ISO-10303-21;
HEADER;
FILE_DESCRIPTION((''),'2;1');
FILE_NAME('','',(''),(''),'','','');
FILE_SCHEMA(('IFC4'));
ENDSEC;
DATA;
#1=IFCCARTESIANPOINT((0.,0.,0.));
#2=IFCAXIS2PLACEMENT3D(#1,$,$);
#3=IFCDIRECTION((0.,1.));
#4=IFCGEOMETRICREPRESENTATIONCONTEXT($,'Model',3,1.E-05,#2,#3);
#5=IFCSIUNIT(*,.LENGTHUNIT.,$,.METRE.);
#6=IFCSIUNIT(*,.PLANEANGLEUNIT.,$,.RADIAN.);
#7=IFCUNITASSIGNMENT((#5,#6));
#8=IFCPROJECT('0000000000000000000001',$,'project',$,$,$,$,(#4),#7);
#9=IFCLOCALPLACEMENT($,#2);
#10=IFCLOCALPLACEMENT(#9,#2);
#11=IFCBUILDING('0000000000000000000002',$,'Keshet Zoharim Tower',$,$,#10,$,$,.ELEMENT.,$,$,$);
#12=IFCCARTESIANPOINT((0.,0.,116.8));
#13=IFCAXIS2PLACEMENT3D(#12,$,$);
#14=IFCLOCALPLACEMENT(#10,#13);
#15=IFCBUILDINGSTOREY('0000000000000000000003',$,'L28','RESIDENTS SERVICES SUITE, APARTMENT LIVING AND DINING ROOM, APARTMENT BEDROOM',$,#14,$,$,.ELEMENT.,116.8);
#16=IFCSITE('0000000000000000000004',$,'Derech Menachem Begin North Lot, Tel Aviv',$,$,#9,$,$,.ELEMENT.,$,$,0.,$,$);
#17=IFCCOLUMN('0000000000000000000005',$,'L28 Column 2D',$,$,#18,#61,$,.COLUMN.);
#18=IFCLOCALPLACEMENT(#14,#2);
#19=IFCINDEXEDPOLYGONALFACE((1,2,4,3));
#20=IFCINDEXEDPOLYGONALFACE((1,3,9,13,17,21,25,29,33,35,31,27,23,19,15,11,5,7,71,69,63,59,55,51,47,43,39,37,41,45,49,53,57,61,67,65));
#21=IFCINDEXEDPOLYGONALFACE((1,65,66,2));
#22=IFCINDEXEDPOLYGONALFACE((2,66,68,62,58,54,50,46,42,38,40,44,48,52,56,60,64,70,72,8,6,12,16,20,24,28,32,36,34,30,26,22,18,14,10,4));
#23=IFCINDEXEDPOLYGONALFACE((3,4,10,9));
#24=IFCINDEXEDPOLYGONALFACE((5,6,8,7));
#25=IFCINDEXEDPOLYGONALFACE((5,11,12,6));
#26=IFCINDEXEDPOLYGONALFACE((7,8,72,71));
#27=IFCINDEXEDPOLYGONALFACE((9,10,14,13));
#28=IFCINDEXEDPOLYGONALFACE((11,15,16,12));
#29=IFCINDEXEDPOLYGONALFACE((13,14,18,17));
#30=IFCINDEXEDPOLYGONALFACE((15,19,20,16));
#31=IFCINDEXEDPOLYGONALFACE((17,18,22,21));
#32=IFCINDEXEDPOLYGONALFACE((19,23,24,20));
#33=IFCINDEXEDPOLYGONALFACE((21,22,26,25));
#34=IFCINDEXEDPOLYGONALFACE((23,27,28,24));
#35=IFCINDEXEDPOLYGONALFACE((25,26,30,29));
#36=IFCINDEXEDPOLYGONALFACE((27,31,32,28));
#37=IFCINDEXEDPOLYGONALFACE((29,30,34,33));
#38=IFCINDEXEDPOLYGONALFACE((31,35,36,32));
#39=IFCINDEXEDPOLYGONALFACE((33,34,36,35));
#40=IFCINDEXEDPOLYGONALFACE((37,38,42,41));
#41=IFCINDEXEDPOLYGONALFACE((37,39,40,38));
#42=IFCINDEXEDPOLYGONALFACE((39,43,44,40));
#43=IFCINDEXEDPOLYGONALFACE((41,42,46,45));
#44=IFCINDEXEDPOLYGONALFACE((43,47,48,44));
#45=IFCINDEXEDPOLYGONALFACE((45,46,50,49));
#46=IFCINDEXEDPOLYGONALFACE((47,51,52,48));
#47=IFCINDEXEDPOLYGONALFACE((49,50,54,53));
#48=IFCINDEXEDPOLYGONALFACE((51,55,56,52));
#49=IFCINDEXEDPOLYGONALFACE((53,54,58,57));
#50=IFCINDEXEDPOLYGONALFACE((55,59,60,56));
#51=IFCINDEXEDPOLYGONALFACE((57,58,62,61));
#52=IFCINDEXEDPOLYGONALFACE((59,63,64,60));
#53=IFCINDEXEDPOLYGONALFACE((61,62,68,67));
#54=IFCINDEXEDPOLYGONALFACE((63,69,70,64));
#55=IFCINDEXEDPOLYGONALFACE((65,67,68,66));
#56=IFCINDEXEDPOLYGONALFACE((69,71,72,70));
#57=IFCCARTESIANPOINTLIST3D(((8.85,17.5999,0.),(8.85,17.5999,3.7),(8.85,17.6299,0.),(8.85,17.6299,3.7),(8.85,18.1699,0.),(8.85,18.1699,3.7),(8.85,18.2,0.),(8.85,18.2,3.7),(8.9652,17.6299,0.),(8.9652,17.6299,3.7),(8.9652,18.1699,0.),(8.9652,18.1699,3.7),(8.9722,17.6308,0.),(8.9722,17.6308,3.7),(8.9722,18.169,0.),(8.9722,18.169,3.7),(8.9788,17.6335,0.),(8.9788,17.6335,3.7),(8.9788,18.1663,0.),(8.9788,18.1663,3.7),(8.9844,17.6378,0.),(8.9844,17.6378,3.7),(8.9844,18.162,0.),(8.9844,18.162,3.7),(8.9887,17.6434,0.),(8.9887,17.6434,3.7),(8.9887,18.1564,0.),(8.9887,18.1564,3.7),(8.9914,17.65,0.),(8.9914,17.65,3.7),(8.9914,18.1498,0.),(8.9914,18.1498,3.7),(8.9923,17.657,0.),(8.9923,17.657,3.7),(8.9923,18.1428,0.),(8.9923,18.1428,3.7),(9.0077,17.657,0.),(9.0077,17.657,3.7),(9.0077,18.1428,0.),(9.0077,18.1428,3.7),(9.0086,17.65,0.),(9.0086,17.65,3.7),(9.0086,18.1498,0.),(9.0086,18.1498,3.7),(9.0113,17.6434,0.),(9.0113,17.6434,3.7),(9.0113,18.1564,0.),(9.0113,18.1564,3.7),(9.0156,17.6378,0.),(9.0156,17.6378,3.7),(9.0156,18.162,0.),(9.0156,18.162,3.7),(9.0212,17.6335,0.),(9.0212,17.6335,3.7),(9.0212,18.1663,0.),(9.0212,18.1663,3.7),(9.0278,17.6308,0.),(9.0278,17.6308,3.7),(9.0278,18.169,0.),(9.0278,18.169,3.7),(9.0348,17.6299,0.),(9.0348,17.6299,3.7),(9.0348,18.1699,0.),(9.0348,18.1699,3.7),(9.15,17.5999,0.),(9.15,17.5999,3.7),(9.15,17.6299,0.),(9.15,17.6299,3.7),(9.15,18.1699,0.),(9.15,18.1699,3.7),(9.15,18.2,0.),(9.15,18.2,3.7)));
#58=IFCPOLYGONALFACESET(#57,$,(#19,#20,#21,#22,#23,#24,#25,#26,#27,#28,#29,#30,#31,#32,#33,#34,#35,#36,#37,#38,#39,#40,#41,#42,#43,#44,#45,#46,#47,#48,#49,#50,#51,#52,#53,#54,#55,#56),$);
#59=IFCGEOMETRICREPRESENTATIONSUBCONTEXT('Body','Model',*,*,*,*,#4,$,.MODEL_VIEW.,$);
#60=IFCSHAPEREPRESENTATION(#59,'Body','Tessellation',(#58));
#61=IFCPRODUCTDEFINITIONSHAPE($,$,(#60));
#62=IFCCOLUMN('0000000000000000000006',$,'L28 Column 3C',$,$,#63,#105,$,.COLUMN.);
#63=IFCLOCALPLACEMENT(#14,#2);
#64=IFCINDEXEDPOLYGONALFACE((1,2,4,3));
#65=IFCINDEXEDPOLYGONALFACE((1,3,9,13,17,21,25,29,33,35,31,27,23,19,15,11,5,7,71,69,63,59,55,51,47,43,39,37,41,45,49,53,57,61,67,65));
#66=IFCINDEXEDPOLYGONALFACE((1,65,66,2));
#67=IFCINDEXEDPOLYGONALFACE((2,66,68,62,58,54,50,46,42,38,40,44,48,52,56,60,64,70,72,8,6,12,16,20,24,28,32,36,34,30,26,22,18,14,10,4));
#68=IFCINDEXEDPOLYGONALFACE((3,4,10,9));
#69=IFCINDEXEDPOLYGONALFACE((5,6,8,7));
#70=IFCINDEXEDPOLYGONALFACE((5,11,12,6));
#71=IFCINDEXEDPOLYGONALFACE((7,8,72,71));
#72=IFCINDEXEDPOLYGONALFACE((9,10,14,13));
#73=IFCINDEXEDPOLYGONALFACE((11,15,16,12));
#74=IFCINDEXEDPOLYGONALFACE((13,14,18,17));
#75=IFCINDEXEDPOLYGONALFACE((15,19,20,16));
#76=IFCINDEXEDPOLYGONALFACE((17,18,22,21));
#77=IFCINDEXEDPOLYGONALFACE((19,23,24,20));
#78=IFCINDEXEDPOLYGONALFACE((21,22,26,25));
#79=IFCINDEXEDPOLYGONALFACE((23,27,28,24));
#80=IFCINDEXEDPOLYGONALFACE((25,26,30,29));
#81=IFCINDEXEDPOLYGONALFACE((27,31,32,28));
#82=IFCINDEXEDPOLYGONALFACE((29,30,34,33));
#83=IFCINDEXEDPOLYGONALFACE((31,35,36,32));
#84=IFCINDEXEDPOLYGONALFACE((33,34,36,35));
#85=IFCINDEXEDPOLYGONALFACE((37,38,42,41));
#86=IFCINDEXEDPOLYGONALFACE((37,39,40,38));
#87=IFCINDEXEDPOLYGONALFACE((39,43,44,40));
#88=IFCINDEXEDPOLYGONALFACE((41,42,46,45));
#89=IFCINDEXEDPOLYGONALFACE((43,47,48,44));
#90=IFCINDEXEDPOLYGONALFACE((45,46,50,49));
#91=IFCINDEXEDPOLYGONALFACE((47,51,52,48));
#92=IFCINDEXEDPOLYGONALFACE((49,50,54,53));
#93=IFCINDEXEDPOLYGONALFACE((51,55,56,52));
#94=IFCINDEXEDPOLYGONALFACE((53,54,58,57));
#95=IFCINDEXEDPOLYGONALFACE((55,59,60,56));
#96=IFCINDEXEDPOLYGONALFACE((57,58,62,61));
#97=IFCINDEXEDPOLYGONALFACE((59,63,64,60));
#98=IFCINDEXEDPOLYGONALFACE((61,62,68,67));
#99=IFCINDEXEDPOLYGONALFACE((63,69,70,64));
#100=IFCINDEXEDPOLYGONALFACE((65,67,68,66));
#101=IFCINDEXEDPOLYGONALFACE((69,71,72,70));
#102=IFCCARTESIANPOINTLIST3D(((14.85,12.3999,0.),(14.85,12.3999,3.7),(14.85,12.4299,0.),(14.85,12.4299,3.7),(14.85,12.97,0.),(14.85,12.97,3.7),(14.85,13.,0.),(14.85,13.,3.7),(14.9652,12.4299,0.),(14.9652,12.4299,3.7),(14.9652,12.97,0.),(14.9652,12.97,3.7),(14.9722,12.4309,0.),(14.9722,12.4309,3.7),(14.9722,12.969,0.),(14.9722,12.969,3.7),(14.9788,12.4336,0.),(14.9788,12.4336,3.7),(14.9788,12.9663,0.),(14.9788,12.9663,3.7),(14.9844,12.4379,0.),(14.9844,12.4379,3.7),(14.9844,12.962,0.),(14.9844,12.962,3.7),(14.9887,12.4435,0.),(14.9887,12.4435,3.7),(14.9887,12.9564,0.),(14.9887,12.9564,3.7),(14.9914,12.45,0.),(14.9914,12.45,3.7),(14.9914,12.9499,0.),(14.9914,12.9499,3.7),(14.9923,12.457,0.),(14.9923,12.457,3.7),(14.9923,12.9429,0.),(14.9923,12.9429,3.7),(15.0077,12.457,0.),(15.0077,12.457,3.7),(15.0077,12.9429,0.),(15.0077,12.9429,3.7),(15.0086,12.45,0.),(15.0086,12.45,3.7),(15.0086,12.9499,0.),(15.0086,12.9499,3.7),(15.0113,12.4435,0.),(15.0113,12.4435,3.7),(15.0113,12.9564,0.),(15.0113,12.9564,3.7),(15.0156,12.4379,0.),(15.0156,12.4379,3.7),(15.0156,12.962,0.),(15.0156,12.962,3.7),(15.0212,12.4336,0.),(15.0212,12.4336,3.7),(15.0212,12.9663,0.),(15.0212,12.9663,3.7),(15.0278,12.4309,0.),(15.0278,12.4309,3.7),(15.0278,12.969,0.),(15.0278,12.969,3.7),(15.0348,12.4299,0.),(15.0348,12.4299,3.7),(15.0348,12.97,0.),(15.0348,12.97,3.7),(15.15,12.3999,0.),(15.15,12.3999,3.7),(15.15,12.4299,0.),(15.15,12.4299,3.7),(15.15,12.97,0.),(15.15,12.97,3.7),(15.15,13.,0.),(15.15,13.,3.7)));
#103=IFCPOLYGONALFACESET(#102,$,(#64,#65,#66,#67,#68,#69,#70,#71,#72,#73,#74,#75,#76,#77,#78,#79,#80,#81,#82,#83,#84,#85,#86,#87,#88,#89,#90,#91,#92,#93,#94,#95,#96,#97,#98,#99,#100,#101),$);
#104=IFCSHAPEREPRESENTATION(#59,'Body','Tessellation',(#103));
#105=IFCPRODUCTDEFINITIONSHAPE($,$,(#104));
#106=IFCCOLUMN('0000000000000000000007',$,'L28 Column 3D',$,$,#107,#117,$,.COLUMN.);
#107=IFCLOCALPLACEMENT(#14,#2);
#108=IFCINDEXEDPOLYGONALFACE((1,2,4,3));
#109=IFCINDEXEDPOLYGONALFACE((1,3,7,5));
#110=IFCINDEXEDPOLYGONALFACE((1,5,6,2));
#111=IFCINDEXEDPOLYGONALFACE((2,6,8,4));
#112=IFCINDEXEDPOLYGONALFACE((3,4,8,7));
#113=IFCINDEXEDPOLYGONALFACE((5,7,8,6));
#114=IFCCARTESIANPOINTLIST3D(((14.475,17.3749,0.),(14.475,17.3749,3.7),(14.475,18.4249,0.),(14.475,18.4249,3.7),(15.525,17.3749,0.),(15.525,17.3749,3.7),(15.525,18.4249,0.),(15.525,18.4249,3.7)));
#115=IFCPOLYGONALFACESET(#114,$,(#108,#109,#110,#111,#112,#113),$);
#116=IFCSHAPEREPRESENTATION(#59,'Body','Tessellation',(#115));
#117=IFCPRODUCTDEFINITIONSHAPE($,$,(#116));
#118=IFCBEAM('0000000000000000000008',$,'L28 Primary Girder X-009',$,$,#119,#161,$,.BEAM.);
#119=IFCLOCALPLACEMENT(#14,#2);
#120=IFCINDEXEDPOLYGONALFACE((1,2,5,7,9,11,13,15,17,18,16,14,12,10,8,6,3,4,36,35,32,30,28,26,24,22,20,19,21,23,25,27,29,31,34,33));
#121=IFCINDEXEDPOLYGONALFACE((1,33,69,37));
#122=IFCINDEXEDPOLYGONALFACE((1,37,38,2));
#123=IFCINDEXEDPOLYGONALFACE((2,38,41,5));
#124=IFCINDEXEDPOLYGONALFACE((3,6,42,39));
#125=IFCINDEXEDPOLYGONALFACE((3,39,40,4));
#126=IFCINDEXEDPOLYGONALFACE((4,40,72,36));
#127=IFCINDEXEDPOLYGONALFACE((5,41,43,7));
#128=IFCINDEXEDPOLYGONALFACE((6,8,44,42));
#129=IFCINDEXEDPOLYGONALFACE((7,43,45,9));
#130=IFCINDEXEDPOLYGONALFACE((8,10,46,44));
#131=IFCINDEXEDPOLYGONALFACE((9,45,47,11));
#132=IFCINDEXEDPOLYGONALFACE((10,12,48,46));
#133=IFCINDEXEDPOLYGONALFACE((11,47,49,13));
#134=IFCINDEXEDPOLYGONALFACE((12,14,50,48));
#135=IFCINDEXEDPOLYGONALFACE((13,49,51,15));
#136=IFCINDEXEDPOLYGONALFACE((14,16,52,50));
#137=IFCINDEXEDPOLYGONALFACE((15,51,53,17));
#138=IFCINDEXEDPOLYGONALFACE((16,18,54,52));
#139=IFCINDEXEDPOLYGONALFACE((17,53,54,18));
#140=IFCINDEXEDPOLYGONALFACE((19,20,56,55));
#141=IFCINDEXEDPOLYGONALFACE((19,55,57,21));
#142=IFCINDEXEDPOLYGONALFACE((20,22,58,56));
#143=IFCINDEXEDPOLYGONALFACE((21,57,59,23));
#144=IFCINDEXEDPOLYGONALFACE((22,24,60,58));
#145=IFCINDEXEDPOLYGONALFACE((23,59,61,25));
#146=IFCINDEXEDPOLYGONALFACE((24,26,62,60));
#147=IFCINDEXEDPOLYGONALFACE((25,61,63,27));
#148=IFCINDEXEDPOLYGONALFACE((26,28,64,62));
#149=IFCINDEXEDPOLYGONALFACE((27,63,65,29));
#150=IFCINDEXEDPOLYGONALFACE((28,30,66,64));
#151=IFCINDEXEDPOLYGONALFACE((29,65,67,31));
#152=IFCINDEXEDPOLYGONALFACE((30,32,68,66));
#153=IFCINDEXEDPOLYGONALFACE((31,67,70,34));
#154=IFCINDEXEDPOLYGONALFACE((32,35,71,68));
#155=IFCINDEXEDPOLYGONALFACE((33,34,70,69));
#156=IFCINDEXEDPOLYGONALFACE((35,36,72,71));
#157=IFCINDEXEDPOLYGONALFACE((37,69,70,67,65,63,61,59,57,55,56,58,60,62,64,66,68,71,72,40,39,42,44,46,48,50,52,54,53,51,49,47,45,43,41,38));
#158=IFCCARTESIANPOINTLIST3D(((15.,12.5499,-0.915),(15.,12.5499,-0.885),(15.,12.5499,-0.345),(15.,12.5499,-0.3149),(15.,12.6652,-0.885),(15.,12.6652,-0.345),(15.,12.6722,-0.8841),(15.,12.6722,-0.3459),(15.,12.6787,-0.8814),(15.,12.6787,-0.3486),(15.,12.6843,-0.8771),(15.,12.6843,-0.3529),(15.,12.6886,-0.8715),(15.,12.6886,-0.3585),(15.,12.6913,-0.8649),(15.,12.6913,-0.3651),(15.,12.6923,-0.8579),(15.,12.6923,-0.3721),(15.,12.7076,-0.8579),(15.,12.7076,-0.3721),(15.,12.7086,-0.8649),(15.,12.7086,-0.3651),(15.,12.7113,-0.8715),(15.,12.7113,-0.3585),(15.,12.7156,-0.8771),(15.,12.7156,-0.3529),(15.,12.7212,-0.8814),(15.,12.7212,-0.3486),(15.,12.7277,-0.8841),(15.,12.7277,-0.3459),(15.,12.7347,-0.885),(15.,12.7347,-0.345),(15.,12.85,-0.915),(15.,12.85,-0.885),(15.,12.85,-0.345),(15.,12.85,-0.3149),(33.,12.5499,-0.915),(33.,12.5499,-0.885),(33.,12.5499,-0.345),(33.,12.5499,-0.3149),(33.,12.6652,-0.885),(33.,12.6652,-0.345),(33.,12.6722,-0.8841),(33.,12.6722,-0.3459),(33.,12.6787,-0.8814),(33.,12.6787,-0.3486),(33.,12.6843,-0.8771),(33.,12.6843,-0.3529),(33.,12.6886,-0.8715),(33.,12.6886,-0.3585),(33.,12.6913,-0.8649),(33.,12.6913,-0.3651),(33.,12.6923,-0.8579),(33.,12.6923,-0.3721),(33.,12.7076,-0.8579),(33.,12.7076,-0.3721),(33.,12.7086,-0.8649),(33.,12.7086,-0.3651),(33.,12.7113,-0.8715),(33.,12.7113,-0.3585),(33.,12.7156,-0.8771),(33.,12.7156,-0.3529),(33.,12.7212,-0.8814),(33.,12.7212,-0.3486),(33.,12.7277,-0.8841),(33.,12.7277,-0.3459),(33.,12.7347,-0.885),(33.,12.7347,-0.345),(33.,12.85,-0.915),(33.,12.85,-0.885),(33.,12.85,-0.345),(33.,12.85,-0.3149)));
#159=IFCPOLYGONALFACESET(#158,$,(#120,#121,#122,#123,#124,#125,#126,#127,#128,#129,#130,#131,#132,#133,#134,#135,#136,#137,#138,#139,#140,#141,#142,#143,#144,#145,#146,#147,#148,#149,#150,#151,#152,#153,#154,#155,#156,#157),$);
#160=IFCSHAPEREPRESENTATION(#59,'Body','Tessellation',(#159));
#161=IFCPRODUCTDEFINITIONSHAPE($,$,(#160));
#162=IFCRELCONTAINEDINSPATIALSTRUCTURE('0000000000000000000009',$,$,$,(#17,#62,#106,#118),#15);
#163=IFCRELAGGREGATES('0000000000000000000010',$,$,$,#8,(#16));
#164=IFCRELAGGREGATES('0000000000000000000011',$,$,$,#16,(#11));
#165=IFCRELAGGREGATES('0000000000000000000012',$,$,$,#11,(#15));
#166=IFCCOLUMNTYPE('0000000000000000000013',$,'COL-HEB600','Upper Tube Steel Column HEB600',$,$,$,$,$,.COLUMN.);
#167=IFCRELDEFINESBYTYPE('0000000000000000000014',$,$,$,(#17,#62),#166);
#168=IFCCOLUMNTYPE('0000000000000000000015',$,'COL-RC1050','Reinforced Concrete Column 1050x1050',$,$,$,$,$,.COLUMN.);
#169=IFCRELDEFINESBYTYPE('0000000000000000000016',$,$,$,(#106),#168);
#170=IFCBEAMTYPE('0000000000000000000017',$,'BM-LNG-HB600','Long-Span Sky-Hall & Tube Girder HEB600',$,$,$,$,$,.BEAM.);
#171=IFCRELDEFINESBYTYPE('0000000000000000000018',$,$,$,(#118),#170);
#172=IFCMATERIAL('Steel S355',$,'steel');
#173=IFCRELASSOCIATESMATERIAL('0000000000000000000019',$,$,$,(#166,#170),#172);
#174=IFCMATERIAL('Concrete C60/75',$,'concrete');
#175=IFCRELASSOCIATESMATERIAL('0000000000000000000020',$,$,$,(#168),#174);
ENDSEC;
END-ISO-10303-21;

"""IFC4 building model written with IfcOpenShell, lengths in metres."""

from ifc_helpers import new_model, si_unit, direction, frame, origin, origin_2d, place, context, subcontext, project, spatial, rectangle, i_section, extrude, material, material_profile, profile_set, type_object, element, save


model = new_model("IFC4")

# Units and contexts
model_context = context("Model", 3, precision=1e-05, world=origin(), true_north=direction((0.0, 1.0)))
body_context = subcontext(model_context, "Body", "Model", "MODEL_VIEW")
ifc_project = project(units=[si_unit("LENGTHUNIT", "METRE"), si_unit("PLANEANGLEUNIT", "RADIAN")], contexts=[model_context])

# Site, building, storey
site_placement = place(None, origin())
site = spatial("IfcSite", under=ifc_project, at=site_placement, Name="Derech Menachem Begin North Lot, Tel Aviv", CompositionType="ELEMENT", RefElevation=0.0)
building_placement = place(site_placement, origin())
building = spatial("IfcBuilding", under=site, at=building_placement, Name="Keshet Zoharim Tower", CompositionType="ELEMENT")
storey_placement = place(building_placement, frame((0.0, 0.0, 116.8)))
storey = spatial("IfcBuildingStorey", under=building, at=storey_placement, Name="L28", Description="RESIDENTS SERVICES SUITE, APARTMENT LIVING AND DINING ROOM, APARTMENT BEDROOM", CompositionType="ELEMENT", Elevation=116.8)

# Columns
ifc_material_1 = material(Name="Steel S355", Category="steel")
ifc_material_profile_1 = material_profile(ifc_material_1, i_section(OverallWidth=0.3, OverallDepth=0.6001, WebThickness=0.0154, FlangeThickness=0.03, FilletRadius=0.0271, at=origin_2d()), Name="HEB600")
ifc_profile_set_1 = profile_set([ifc_material_profile_1], Name="Steel S355")
column_type_1 = type_object("IfcColumnType", Name="COL-HEB600", Description="Upper Tube Steel Column HEB600", PredefinedType="COLUMN", material=ifc_profile_set_1)
for number, where, z_axis, x_axis, name in (
    (1, (9.0, 17.8999, 0.0), (0.0, 0.0, 1.0), (1.0, 0.0, 0.0), "L28 Column 2D"),
    (2, (15.0, 12.7, 0.0), (0.0, 0.0, 1.0), (1.0, 0.0, 0.0), "L28 Column 3C"),
):
    element("IfcColumn", number, at=place(storey_placement, frame(where, z_axis=z_axis, x_axis=x_axis)), inside=storey, type_object=column_type_1, Name=name, PredefinedType="COLUMN", context=body_context, shape_type="SweptSolid", body=[
        extrude(i_section(OverallWidth=0.3, OverallDepth=0.6001, WebThickness=0.0154, FlangeThickness=0.03, FilletRadius=0.0271, at=origin_2d()), origin(), (0.0, 0.0, 1.0), 3.7),
    ])
ifc_material_2 = material(Name="Concrete C60/75", Category="concrete")
ifc_material_profile_2 = material_profile(ifc_material_2, rectangle(XDim=1.05, YDim=1.05, at=origin_2d()), Name="RC1050x1050")
ifc_profile_set_2 = profile_set([ifc_material_profile_2], Name="Concrete C60/75")
column_type_2 = type_object("IfcColumnType", Name="COL-RC1050", Description="Reinforced Concrete Column 1050x1050", PredefinedType="COLUMN", material=ifc_profile_set_2)
column_placement = place(storey_placement, frame((15.0, 17.8999, 0.0), z_axis=(0.0, 0.0, 1.0), x_axis=(1.0, 0.0, 0.0)))
element("IfcColumn", 3, at=column_placement, inside=storey, type_object=column_type_2, Name="L28 Column 3D", PredefinedType="COLUMN", context=body_context, shape_type="SweptSolid", body=[
    extrude(rectangle(XDim=1.05, YDim=1.05, at=origin_2d()), origin(), (0.0, 0.0, 1.0), 3.7),
])

# Beam
ifc_material_profile_3 = material_profile(ifc_material_1, i_section(OverallWidth=0.3, OverallDepth=0.6001, WebThickness=0.0154, FlangeThickness=0.03, FilletRadius=0.0271, at=origin_2d()), Name="HEB600")
ifc_profile_set_3 = profile_set([ifc_material_profile_3], Name="Steel S355")
beam_type_1 = type_object("IfcBeamType", Name="BM-LNG-HB600", Description="Long-Span Sky-Hall & Tube Girder HEB600", PredefinedType="BEAM", material=ifc_profile_set_3)
for number, where, z_axis, x_axis, name in (
    (4, (15.0, 12.7, -0.615), (1.0, 0.0, 0.0), (0.0, 1.0, 0.0), "L28 Primary Girder X-009"),
):
    element("IfcBeam", number, at=place(storey_placement, frame(where, z_axis=z_axis, x_axis=x_axis)), inside=storey, type_object=beam_type_1, Name=name, PredefinedType="BEAM", context=body_context, shape_type="SweptSolid", body=[
        extrude(i_section(OverallWidth=0.3, OverallDepth=0.6001, WebThickness=0.0154, FlangeThickness=0.03, FilletRadius=0.0271, at=origin_2d()), origin(), (0.0, 0.0, 1.0), 18.0),
    ])

save(model, "model.ifc")
